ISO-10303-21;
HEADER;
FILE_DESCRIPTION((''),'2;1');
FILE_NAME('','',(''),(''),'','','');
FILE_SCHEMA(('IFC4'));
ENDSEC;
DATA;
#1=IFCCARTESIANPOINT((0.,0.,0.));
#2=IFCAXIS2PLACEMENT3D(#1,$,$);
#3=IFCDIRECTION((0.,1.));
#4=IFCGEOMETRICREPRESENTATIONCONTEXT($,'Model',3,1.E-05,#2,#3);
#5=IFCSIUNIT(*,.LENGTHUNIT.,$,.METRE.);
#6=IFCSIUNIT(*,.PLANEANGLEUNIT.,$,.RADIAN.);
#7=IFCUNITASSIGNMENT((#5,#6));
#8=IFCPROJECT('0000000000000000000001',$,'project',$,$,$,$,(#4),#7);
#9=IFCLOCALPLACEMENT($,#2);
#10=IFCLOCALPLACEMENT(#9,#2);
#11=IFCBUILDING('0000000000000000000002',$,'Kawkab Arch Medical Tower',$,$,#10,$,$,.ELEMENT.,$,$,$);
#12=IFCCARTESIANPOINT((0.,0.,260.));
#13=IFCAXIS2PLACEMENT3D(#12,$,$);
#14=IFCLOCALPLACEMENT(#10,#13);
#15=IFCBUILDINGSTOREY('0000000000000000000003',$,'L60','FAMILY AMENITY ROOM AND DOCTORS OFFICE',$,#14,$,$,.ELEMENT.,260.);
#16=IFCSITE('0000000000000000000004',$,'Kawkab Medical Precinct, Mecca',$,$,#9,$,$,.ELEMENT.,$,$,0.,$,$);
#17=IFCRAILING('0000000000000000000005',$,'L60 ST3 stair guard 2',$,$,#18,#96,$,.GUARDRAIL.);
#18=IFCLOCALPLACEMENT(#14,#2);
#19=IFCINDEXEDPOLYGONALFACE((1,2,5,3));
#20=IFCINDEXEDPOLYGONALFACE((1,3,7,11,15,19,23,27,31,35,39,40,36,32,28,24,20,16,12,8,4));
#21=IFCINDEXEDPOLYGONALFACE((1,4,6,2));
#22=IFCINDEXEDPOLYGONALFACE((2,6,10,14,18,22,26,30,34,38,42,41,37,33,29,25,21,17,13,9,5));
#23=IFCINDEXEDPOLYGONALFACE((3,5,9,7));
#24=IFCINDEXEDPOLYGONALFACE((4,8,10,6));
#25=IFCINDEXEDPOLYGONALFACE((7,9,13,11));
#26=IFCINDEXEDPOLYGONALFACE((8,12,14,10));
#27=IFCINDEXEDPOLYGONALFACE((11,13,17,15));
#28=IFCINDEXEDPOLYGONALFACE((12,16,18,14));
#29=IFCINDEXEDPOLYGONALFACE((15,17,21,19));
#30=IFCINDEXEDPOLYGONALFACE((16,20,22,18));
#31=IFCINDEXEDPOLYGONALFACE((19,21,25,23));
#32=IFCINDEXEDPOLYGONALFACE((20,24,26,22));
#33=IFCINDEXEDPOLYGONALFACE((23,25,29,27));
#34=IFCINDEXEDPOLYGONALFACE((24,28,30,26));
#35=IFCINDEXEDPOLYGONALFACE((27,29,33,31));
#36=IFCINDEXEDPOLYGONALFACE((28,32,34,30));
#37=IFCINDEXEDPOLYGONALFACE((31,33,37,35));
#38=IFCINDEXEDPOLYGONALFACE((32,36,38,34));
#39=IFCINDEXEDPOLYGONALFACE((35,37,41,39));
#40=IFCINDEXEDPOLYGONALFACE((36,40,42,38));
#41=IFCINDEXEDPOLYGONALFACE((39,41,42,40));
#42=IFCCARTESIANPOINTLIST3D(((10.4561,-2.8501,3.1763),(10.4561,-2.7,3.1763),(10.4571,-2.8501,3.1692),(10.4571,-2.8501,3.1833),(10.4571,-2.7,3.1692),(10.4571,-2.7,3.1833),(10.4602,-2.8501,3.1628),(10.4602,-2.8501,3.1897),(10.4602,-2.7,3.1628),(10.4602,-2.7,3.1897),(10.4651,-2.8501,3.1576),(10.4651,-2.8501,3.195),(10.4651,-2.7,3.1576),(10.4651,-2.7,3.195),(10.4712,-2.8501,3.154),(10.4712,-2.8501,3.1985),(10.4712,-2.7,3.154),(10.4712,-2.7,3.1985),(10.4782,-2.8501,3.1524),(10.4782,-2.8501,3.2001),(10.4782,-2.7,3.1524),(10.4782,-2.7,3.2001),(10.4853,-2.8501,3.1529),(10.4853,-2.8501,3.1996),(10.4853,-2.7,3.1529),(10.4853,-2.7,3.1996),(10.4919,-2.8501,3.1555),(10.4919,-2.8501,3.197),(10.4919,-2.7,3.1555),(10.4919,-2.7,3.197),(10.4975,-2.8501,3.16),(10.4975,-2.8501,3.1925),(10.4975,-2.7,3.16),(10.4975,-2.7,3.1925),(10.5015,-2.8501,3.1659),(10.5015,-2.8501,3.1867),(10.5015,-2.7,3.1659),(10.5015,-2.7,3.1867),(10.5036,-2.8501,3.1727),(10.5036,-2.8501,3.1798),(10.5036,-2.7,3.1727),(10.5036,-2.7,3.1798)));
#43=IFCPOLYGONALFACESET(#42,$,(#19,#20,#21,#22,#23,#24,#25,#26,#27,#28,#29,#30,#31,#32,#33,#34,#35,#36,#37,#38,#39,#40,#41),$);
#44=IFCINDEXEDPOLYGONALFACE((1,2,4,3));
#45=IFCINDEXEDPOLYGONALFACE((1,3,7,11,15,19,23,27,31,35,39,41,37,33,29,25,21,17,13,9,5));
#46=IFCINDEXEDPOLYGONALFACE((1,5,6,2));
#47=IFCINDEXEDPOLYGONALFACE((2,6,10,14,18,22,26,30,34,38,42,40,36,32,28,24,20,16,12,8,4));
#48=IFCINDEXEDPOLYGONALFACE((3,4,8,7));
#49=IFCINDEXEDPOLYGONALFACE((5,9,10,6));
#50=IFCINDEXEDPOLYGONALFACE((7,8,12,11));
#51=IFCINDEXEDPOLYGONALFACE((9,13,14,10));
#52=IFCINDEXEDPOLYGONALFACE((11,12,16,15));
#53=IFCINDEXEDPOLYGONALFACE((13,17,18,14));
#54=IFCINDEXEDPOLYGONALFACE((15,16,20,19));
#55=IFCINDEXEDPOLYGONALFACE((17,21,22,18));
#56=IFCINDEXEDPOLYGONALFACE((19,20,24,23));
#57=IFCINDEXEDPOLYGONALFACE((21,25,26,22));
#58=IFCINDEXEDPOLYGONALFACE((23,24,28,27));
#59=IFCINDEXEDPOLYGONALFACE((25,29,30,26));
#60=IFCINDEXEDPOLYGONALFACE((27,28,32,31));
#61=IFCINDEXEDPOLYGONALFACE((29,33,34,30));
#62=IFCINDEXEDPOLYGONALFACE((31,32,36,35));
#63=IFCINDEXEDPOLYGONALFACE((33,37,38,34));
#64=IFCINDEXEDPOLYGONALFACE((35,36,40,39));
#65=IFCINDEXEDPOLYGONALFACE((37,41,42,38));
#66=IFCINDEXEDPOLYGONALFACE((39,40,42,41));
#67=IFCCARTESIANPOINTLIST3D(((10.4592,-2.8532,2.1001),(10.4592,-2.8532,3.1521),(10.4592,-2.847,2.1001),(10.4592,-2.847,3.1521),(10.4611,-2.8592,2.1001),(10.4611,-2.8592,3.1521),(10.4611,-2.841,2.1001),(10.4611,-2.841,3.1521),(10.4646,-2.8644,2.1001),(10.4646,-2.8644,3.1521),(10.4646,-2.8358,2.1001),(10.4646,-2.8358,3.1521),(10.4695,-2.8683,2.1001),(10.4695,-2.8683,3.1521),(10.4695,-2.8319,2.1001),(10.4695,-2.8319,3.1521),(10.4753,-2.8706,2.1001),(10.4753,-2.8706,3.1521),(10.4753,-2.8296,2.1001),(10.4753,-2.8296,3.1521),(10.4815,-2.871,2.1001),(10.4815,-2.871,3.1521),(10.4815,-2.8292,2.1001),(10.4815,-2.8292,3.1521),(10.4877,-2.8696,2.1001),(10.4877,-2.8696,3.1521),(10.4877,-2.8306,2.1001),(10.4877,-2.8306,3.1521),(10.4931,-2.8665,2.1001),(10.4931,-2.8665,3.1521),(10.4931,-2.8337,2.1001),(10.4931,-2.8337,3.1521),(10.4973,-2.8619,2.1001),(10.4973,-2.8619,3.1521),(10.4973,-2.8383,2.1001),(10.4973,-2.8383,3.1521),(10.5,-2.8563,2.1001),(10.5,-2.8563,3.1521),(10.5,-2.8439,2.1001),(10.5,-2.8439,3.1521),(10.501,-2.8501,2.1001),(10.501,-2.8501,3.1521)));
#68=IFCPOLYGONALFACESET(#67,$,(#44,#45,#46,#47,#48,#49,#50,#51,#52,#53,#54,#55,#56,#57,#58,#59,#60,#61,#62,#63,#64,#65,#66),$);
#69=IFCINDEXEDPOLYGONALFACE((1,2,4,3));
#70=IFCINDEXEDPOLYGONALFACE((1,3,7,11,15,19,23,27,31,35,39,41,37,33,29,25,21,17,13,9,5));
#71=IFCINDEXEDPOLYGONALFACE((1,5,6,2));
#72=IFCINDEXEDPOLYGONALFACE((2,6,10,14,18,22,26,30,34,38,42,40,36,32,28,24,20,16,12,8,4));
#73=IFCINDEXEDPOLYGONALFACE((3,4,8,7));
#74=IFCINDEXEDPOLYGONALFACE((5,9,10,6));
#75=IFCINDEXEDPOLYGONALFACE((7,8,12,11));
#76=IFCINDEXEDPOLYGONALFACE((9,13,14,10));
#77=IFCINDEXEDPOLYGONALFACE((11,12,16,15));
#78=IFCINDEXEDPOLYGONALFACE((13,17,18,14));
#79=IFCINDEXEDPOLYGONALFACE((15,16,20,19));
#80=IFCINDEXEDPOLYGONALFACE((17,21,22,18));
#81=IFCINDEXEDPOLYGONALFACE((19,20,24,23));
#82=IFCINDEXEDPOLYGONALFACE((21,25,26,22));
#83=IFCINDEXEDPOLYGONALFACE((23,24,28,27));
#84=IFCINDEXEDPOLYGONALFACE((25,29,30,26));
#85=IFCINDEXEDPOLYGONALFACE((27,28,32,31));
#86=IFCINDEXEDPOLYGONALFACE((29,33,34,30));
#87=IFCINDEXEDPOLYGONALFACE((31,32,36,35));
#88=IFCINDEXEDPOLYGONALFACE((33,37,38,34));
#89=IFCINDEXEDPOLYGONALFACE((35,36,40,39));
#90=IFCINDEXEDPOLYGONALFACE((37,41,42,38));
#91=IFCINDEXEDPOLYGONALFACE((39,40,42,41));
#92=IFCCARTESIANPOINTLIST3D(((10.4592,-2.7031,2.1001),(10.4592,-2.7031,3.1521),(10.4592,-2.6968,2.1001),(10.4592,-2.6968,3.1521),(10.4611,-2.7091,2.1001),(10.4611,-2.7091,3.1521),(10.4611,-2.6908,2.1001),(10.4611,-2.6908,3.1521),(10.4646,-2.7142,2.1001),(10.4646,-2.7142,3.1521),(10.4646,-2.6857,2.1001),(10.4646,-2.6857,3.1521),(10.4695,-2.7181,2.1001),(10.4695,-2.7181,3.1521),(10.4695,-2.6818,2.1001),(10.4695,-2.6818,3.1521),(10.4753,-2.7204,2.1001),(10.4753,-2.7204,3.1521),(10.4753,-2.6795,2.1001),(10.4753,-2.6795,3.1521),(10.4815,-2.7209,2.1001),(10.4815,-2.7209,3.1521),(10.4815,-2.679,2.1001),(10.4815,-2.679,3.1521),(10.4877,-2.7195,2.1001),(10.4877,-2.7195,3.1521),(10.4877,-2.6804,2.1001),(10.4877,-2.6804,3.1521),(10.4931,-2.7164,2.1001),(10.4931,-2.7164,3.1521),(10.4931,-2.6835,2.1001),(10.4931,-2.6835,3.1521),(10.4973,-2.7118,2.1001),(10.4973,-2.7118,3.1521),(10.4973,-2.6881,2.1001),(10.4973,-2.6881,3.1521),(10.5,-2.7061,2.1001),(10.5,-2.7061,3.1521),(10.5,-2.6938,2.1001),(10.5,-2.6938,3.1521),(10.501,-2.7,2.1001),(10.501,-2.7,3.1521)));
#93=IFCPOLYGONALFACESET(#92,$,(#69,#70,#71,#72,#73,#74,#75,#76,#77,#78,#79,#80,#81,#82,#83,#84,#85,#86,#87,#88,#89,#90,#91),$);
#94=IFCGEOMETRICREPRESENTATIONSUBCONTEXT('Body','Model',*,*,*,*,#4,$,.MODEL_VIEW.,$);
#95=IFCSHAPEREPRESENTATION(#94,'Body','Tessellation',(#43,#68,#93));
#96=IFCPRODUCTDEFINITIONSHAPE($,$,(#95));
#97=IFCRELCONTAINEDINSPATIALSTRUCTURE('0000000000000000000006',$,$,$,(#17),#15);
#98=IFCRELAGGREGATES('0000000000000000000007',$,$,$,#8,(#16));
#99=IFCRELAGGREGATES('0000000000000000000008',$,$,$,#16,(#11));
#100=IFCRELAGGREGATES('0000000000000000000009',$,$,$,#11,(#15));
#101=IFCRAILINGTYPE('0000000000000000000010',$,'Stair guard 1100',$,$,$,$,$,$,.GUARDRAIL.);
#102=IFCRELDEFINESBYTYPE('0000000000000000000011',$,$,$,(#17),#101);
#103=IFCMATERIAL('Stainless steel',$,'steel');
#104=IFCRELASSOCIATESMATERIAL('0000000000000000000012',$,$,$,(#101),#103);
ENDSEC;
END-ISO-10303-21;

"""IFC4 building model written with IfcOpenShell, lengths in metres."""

from ifc_helpers import new_model, si_unit, direction, frame, origin, origin_2d, place, context, subcontext, project, spatial, circle, extrude, material, type_object, element, save


model = new_model("IFC4")

# Units and contexts
model_context = context("Model", 3, precision=1e-05, world=origin(), true_north=direction((0.0, 1.0)))
body_context = subcontext(model_context, "Body", "Model", "MODEL_VIEW")
ifc_project = project(units=[si_unit("LENGTHUNIT", "METRE"), si_unit("PLANEANGLEUNIT", "RADIAN")], contexts=[model_context])

# Site, building, storey
site_placement = place(None, origin())
site = spatial("IfcSite", under=ifc_project, at=site_placement, Name="Kawkab Medical Precinct, Mecca", CompositionType="ELEMENT", RefElevation=0.0)
building_placement = place(site_placement, origin())
building = spatial("IfcBuilding", under=site, at=building_placement, Name="Kawkab Arch Medical Tower", CompositionType="ELEMENT")
storey_placement = place(building_placement, frame((0.0, 0.0, 260.0)))
storey = spatial("IfcBuildingStorey", under=building, at=storey_placement, Name="L60", Description="FAMILY AMENITY ROOM AND DOCTORS OFFICE", CompositionType="ELEMENT", Elevation=260.0)

# Railing
ifc_material_1 = material(Name="Stainless steel", Category="steel")
railing_type_1 = type_object("IfcRailingType", Name="Stair guard 1100", PredefinedType="GUARDRAIL", material=ifc_material_1)
railing_1_placement = place(storey_placement, frame((10.48, -2.8501, 2.1001)))
element("IfcRailing", 1, at=railing_1_placement, inside=storey, type_object=railing_type_1, Name="L60 ST3 stair guard 2", PredefinedType="GUARDRAIL", context=body_context, shape_type="SweptSolid", body=[
    extrude(circle(Radius=0.0239, at=origin_2d()), frame((0.0, 0.0, 1.0762), z_axis=(0.0, 1.0, 0.0), x_axis=(-1.0, 0.0, 0.0)), (0.0, 0.0, 1.0), 0.1501),
    extrude(circle(Radius=0.021, at=origin_2d()), origin(), (0.0, 0.0, 1.0), 1.052),
    extrude(circle(Radius=0.021, at=origin_2d()), frame((0.0, 0.1501, 0.0)), (0.0, 0.0, 1.0), 1.052),
])

save(model, "model.ifc")
